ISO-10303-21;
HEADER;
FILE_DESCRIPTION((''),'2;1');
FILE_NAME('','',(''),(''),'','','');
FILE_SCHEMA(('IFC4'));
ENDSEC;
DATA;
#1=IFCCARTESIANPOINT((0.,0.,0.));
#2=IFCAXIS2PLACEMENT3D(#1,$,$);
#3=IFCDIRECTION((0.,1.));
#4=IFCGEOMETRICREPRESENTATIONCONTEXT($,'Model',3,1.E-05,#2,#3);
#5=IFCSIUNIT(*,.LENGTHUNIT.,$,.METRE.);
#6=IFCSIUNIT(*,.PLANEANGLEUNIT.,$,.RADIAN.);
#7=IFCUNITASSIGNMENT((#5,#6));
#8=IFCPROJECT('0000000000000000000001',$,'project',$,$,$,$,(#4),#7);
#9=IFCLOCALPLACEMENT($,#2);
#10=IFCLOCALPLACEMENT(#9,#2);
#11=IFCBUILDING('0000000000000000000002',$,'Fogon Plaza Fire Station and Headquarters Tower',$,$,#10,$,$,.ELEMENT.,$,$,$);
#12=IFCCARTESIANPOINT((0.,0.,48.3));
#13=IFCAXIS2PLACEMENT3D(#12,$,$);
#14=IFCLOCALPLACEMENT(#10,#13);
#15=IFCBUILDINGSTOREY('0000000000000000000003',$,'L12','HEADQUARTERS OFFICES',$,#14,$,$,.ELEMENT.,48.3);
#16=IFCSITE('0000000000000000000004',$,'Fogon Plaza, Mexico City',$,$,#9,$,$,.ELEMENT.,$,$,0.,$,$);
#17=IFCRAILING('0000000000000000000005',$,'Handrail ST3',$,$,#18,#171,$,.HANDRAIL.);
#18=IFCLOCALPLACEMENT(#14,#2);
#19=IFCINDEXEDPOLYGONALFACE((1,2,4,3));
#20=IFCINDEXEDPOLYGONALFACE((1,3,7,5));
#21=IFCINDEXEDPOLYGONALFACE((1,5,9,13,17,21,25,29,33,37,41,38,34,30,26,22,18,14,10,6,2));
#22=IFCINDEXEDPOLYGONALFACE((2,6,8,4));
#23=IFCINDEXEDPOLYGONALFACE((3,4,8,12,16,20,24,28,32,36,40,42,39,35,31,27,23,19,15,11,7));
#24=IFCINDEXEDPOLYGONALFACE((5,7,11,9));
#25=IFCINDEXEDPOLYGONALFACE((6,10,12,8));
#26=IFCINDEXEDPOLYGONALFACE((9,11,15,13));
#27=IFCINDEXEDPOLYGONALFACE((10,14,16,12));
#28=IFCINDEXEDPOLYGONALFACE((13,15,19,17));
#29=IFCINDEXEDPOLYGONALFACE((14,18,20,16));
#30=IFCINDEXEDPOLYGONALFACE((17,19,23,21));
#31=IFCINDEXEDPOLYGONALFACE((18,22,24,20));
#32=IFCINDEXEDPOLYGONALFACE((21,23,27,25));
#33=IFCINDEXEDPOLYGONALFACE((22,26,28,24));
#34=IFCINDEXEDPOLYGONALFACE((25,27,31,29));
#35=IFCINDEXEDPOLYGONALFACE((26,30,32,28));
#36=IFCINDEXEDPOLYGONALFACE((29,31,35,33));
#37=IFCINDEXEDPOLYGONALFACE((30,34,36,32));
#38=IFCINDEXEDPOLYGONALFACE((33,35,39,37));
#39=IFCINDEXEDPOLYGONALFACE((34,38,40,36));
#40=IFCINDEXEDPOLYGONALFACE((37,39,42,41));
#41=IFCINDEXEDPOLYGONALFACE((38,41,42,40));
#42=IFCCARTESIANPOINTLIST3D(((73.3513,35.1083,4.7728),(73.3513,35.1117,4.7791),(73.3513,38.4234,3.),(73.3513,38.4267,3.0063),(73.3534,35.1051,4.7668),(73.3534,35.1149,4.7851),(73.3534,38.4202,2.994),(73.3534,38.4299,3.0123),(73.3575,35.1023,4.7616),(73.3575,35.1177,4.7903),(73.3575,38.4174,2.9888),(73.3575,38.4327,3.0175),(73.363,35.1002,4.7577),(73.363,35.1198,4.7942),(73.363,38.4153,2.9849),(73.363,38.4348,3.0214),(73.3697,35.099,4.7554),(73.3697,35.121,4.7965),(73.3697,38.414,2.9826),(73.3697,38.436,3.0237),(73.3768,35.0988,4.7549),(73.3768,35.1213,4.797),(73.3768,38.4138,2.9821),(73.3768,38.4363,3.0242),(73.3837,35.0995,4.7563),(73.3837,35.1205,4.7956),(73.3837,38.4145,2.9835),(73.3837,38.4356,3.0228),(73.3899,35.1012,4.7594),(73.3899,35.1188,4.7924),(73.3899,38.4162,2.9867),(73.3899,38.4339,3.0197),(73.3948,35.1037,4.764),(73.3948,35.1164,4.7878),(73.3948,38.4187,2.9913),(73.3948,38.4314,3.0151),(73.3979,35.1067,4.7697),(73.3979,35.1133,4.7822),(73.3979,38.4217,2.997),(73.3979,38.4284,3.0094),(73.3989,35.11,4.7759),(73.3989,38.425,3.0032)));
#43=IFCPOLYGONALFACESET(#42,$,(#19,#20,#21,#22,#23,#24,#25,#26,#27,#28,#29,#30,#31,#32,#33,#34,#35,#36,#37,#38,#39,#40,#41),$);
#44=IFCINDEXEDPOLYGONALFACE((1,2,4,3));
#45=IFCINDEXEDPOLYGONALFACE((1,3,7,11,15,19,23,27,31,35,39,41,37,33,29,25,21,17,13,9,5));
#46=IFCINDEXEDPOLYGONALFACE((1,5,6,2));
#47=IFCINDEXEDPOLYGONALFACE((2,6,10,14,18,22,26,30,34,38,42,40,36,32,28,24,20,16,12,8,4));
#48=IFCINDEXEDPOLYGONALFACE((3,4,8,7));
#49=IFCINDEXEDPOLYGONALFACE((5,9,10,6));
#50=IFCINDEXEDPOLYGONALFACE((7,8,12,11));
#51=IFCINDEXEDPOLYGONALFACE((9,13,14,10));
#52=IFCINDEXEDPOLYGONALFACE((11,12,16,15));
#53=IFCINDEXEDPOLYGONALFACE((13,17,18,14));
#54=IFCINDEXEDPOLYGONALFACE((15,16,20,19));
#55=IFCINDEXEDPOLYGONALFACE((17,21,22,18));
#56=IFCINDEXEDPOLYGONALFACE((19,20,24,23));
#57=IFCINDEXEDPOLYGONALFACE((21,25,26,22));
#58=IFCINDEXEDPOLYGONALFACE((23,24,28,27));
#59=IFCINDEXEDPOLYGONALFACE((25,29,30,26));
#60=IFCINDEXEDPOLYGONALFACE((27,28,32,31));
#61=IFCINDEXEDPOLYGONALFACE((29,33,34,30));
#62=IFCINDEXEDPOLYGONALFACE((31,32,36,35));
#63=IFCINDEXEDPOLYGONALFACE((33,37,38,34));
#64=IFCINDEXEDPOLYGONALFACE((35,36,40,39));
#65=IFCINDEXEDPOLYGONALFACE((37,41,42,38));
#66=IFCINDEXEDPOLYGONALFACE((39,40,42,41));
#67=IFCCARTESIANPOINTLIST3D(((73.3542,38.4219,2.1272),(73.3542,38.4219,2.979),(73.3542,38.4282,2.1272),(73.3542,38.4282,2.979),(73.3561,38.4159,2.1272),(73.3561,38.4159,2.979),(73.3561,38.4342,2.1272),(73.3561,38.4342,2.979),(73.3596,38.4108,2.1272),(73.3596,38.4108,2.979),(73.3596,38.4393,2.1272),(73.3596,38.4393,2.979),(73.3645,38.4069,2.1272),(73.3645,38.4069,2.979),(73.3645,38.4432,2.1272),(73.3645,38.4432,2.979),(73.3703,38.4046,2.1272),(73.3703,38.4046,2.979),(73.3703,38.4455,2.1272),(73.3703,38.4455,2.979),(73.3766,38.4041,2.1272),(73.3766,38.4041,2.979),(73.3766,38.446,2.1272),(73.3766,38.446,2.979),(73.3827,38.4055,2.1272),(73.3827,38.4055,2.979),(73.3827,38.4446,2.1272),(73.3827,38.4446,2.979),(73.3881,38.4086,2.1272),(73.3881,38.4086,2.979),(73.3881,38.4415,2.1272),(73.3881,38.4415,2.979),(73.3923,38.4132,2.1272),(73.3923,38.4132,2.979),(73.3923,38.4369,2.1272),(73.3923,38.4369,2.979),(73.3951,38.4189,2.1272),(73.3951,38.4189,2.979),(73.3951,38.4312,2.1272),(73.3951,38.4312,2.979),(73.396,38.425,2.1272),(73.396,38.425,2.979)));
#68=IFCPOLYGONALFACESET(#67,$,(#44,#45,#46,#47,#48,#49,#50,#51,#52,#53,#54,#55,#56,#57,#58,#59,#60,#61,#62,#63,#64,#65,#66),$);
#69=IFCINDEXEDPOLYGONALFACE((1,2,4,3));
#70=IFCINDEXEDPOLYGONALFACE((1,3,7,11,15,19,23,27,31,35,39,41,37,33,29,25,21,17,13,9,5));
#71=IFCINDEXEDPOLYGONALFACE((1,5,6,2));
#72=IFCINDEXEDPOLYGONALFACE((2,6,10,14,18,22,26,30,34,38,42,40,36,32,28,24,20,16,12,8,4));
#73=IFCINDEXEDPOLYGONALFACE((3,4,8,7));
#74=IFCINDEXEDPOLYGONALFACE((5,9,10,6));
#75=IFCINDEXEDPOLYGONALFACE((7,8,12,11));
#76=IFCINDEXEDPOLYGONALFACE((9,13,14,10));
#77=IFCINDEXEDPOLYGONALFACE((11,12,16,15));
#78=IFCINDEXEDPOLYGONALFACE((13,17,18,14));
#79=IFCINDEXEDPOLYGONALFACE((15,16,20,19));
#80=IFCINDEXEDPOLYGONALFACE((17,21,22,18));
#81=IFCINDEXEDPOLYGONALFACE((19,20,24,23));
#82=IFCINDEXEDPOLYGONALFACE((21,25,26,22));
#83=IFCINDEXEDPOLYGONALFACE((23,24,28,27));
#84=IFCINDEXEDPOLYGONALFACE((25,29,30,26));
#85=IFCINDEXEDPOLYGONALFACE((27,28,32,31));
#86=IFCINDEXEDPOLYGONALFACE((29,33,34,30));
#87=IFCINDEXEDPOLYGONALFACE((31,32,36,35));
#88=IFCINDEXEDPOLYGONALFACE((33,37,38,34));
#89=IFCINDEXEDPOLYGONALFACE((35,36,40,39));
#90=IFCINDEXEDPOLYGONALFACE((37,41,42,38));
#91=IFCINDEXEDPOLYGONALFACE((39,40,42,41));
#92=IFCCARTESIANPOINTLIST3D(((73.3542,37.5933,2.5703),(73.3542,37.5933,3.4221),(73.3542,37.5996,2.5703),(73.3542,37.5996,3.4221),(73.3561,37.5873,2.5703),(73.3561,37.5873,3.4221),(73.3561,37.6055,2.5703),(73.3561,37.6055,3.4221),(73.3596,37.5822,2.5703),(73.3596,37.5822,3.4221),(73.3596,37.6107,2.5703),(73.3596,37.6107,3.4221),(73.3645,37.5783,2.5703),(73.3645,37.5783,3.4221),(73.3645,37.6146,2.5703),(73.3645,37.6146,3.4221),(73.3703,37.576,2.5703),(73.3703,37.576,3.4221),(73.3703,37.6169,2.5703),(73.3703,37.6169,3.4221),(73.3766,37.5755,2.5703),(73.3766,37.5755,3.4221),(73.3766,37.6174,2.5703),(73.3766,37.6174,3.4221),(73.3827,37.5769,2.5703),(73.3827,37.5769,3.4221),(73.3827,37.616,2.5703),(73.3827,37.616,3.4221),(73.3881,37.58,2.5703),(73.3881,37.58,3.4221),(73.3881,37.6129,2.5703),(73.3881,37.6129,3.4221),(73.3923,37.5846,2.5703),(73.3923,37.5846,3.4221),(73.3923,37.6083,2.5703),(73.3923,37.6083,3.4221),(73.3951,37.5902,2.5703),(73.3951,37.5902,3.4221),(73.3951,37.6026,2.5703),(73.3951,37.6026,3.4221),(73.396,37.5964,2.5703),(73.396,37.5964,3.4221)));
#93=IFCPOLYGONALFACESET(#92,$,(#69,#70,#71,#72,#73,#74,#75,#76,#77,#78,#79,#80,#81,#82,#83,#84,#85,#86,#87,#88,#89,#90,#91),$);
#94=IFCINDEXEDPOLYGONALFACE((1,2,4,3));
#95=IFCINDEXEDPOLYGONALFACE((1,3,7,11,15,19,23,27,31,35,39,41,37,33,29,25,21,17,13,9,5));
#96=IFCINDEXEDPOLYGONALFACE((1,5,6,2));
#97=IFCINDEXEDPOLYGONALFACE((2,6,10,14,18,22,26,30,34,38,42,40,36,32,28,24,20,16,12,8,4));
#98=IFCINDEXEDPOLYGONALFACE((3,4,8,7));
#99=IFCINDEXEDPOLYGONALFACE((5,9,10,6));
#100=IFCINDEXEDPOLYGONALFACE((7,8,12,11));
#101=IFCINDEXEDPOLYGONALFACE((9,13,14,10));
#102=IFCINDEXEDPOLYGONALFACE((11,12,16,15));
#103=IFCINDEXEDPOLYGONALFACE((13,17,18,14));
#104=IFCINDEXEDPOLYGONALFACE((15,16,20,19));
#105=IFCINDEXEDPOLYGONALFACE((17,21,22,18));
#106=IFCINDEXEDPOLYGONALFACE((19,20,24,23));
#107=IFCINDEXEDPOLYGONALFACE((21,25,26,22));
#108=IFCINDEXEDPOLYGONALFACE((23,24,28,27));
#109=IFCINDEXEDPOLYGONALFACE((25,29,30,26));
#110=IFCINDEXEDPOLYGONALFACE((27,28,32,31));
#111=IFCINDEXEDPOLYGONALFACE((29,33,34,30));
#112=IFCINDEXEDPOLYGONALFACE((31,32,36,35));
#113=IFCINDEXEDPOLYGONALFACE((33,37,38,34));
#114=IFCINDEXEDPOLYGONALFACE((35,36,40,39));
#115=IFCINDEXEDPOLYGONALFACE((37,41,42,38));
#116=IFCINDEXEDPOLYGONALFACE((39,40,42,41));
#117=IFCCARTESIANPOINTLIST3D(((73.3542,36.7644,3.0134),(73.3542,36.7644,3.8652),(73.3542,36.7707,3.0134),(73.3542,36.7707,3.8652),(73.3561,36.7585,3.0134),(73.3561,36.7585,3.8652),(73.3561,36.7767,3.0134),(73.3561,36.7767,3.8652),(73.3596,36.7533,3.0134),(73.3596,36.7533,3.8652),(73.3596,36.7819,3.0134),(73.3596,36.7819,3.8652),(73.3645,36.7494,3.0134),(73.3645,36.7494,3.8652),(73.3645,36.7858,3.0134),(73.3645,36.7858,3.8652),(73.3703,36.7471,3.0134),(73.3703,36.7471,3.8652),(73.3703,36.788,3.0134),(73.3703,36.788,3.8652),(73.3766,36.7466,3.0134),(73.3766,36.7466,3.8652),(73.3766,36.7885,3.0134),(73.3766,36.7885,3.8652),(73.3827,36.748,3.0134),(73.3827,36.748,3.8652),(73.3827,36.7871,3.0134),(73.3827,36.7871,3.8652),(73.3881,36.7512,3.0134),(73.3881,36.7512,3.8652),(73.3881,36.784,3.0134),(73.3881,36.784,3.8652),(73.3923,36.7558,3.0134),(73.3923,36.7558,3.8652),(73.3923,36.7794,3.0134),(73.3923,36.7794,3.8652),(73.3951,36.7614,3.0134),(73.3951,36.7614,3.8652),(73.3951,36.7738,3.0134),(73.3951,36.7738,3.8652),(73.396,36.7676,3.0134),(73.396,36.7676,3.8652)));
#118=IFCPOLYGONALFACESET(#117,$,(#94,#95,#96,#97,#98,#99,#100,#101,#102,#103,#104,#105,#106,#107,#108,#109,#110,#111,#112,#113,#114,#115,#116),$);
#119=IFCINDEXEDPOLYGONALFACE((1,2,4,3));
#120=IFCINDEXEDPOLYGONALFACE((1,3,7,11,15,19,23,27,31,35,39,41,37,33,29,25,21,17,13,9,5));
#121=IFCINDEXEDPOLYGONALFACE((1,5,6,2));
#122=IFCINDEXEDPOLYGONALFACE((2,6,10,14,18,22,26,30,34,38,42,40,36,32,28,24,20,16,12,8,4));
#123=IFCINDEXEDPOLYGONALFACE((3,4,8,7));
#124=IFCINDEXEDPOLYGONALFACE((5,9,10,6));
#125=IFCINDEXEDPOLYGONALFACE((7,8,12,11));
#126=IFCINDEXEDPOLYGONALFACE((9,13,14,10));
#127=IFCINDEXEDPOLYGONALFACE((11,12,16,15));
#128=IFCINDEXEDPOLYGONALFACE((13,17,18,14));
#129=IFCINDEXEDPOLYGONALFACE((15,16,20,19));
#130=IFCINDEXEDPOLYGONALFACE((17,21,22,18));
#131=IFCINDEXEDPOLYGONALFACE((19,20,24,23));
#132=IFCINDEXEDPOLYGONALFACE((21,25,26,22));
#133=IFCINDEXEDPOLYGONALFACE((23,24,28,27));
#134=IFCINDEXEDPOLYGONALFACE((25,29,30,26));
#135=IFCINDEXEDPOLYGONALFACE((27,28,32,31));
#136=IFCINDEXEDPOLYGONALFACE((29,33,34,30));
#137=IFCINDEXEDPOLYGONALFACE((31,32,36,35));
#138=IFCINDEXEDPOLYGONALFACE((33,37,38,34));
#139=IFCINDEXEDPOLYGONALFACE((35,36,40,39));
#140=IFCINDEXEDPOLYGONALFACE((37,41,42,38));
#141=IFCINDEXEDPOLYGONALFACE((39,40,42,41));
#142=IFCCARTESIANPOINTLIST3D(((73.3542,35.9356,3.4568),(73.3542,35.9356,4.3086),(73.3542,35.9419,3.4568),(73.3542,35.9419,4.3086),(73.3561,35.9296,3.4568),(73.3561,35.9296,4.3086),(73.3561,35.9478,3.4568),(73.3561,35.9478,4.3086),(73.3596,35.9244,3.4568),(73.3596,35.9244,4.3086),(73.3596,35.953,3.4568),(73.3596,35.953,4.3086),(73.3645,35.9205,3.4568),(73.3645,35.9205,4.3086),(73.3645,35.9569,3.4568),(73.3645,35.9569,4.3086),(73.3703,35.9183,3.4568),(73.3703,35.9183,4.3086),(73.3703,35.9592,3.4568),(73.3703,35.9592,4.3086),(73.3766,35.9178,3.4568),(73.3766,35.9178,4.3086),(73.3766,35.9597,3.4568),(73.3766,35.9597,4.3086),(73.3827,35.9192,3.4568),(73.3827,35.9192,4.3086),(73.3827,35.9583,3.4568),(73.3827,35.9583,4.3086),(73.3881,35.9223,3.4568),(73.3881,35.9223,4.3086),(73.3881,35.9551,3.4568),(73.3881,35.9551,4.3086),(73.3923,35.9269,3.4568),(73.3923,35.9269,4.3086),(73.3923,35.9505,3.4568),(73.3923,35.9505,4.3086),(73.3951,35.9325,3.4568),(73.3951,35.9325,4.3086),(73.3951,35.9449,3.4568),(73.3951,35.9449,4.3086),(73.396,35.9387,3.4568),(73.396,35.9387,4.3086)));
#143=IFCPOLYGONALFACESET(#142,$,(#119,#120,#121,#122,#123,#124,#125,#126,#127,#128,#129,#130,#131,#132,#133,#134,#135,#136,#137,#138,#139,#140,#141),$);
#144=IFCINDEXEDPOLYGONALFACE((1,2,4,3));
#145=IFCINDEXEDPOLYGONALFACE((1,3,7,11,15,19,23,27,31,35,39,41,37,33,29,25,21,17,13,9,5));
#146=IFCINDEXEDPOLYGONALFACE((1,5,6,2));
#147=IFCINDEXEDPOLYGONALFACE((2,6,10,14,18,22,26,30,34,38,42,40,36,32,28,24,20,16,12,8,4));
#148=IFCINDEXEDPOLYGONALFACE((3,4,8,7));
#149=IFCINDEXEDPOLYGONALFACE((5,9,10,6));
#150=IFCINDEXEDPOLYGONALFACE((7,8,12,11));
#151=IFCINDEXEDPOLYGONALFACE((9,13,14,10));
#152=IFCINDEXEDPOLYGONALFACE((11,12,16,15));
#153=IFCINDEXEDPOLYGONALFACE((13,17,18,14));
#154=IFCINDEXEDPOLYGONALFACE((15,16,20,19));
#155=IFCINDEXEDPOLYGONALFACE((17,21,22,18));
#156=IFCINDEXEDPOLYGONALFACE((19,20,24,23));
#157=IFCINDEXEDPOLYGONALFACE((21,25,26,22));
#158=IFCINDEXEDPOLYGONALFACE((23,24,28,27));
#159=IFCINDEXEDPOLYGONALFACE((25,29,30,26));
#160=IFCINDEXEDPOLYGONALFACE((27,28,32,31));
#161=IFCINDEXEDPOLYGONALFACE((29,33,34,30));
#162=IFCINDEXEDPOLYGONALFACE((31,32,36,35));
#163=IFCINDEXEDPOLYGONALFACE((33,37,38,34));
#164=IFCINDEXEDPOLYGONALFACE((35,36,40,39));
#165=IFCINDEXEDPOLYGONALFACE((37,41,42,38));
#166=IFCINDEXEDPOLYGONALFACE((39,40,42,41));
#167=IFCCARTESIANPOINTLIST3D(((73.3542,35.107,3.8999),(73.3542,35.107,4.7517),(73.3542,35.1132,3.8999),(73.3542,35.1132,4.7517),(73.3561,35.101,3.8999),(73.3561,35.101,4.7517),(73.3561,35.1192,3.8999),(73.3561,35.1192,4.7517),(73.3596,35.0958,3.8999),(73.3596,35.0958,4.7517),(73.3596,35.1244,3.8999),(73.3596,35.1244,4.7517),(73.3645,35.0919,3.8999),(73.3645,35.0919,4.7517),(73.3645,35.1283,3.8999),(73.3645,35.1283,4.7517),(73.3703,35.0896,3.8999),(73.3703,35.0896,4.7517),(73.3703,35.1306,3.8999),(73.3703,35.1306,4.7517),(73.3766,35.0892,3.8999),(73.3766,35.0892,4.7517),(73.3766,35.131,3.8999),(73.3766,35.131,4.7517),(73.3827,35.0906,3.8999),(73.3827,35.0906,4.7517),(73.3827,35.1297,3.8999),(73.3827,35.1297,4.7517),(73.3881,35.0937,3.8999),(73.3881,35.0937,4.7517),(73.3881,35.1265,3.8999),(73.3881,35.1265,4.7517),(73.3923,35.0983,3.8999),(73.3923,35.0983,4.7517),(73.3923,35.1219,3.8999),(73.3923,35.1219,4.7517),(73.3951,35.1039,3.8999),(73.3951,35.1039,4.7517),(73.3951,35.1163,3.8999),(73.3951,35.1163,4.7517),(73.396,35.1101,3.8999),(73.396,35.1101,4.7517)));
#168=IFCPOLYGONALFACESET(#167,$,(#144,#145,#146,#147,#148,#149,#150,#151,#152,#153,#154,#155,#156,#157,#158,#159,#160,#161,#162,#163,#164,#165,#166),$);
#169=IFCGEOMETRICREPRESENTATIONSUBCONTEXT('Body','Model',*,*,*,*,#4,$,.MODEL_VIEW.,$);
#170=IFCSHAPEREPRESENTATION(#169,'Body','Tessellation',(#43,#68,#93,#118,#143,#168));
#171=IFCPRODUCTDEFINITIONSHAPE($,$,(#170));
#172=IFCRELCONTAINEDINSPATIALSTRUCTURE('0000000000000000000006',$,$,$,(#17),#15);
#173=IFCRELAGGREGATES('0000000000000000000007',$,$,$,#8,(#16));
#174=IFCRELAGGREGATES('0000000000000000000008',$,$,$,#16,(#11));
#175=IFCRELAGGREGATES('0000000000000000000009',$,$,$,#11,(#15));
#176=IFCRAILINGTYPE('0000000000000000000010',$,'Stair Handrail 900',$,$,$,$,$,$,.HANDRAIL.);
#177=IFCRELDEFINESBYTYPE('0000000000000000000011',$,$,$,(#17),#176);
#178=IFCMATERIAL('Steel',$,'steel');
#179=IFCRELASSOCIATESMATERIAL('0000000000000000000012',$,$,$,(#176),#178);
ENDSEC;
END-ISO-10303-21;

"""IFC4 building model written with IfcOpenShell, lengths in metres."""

from ifc_helpers import new_model, si_unit, direction, frame, origin, origin_2d, place, context, subcontext, project, spatial, circle, extrude, material, type_object, element, save


model = new_model("IFC4")

# Units and contexts
model_context = context("Model", 3, precision=1e-05, world=origin(), true_north=direction((0.0, 1.0)))
body_context = subcontext(model_context, "Body", "Model", "MODEL_VIEW")
ifc_project = project(units=[si_unit("LENGTHUNIT", "METRE"), si_unit("PLANEANGLEUNIT", "RADIAN")], contexts=[model_context])

# Site, building, storey
site_placement = place(None, origin())
site = spatial("IfcSite", under=ifc_project, at=site_placement, Name="Fogon Plaza, Mexico City", CompositionType="ELEMENT", RefElevation=0.0)
building_placement = place(site_placement, origin())
building = spatial("IfcBuilding", under=site, at=building_placement, Name="Fogon Plaza Fire Station and Headquarters Tower", CompositionType="ELEMENT")
storey_placement = place(building_placement, frame((0.0, 0.0, 48.3)))
storey = spatial("IfcBuildingStorey", under=building, at=storey_placement, Name="L12", Description="HEADQUARTERS OFFICES", CompositionType="ELEMENT", Elevation=48.3)

# Railing
ifc_material_1 = material(Name="Steel", Category="steel")
railing_type = type_object("IfcRailingType", Name="Stair Handrail 900", PredefinedType="HANDRAIL", material=ifc_material_1)
for number, where, name in (
    (1, (73.375, 38.425, 2.1272), "Handrail ST3"),
):
    element("IfcRailing", number, at=place(storey_placement, frame(where)), inside=storey, type_object=railing_type, Name=name, PredefinedType="HANDRAIL", context=body_context, shape_type="SweptSolid", body=[
        extrude(circle(Radius=0.0239, at=origin_2d()), frame((0.0, 0.0, 0.876), z_axis=(0.0, -0.881829, 0.471569), x_axis=(1.0, 0.0, 0.0)), (0.0, 0.0, 1.0), 3.7593),
        extrude(circle(Radius=0.021, at=origin_2d()), origin(), (0.0, 0.0, 1.0), 0.8518),
        extrude(circle(Radius=0.021, at=origin_2d()), frame((0.0, -0.8286, 0.4431)), (0.0, 0.0, 1.0), 0.8518),
        extrude(circle(Radius=0.021, at=origin_2d()), frame((0.0, -1.6575, 0.8862)), (0.0, 0.0, 1.0), 0.8518),
        extrude(circle(Radius=0.021, at=origin_2d()), frame((0.0, -2.4863, 1.3296)), (0.0, 0.0, 1.0), 0.8518),
        extrude(circle(Radius=0.021, at=origin_2d()), frame((0.0, -3.3149, 1.7727)), (0.0, 0.0, 1.0), 0.8518),
    ])

save(model, "model.ifc")
